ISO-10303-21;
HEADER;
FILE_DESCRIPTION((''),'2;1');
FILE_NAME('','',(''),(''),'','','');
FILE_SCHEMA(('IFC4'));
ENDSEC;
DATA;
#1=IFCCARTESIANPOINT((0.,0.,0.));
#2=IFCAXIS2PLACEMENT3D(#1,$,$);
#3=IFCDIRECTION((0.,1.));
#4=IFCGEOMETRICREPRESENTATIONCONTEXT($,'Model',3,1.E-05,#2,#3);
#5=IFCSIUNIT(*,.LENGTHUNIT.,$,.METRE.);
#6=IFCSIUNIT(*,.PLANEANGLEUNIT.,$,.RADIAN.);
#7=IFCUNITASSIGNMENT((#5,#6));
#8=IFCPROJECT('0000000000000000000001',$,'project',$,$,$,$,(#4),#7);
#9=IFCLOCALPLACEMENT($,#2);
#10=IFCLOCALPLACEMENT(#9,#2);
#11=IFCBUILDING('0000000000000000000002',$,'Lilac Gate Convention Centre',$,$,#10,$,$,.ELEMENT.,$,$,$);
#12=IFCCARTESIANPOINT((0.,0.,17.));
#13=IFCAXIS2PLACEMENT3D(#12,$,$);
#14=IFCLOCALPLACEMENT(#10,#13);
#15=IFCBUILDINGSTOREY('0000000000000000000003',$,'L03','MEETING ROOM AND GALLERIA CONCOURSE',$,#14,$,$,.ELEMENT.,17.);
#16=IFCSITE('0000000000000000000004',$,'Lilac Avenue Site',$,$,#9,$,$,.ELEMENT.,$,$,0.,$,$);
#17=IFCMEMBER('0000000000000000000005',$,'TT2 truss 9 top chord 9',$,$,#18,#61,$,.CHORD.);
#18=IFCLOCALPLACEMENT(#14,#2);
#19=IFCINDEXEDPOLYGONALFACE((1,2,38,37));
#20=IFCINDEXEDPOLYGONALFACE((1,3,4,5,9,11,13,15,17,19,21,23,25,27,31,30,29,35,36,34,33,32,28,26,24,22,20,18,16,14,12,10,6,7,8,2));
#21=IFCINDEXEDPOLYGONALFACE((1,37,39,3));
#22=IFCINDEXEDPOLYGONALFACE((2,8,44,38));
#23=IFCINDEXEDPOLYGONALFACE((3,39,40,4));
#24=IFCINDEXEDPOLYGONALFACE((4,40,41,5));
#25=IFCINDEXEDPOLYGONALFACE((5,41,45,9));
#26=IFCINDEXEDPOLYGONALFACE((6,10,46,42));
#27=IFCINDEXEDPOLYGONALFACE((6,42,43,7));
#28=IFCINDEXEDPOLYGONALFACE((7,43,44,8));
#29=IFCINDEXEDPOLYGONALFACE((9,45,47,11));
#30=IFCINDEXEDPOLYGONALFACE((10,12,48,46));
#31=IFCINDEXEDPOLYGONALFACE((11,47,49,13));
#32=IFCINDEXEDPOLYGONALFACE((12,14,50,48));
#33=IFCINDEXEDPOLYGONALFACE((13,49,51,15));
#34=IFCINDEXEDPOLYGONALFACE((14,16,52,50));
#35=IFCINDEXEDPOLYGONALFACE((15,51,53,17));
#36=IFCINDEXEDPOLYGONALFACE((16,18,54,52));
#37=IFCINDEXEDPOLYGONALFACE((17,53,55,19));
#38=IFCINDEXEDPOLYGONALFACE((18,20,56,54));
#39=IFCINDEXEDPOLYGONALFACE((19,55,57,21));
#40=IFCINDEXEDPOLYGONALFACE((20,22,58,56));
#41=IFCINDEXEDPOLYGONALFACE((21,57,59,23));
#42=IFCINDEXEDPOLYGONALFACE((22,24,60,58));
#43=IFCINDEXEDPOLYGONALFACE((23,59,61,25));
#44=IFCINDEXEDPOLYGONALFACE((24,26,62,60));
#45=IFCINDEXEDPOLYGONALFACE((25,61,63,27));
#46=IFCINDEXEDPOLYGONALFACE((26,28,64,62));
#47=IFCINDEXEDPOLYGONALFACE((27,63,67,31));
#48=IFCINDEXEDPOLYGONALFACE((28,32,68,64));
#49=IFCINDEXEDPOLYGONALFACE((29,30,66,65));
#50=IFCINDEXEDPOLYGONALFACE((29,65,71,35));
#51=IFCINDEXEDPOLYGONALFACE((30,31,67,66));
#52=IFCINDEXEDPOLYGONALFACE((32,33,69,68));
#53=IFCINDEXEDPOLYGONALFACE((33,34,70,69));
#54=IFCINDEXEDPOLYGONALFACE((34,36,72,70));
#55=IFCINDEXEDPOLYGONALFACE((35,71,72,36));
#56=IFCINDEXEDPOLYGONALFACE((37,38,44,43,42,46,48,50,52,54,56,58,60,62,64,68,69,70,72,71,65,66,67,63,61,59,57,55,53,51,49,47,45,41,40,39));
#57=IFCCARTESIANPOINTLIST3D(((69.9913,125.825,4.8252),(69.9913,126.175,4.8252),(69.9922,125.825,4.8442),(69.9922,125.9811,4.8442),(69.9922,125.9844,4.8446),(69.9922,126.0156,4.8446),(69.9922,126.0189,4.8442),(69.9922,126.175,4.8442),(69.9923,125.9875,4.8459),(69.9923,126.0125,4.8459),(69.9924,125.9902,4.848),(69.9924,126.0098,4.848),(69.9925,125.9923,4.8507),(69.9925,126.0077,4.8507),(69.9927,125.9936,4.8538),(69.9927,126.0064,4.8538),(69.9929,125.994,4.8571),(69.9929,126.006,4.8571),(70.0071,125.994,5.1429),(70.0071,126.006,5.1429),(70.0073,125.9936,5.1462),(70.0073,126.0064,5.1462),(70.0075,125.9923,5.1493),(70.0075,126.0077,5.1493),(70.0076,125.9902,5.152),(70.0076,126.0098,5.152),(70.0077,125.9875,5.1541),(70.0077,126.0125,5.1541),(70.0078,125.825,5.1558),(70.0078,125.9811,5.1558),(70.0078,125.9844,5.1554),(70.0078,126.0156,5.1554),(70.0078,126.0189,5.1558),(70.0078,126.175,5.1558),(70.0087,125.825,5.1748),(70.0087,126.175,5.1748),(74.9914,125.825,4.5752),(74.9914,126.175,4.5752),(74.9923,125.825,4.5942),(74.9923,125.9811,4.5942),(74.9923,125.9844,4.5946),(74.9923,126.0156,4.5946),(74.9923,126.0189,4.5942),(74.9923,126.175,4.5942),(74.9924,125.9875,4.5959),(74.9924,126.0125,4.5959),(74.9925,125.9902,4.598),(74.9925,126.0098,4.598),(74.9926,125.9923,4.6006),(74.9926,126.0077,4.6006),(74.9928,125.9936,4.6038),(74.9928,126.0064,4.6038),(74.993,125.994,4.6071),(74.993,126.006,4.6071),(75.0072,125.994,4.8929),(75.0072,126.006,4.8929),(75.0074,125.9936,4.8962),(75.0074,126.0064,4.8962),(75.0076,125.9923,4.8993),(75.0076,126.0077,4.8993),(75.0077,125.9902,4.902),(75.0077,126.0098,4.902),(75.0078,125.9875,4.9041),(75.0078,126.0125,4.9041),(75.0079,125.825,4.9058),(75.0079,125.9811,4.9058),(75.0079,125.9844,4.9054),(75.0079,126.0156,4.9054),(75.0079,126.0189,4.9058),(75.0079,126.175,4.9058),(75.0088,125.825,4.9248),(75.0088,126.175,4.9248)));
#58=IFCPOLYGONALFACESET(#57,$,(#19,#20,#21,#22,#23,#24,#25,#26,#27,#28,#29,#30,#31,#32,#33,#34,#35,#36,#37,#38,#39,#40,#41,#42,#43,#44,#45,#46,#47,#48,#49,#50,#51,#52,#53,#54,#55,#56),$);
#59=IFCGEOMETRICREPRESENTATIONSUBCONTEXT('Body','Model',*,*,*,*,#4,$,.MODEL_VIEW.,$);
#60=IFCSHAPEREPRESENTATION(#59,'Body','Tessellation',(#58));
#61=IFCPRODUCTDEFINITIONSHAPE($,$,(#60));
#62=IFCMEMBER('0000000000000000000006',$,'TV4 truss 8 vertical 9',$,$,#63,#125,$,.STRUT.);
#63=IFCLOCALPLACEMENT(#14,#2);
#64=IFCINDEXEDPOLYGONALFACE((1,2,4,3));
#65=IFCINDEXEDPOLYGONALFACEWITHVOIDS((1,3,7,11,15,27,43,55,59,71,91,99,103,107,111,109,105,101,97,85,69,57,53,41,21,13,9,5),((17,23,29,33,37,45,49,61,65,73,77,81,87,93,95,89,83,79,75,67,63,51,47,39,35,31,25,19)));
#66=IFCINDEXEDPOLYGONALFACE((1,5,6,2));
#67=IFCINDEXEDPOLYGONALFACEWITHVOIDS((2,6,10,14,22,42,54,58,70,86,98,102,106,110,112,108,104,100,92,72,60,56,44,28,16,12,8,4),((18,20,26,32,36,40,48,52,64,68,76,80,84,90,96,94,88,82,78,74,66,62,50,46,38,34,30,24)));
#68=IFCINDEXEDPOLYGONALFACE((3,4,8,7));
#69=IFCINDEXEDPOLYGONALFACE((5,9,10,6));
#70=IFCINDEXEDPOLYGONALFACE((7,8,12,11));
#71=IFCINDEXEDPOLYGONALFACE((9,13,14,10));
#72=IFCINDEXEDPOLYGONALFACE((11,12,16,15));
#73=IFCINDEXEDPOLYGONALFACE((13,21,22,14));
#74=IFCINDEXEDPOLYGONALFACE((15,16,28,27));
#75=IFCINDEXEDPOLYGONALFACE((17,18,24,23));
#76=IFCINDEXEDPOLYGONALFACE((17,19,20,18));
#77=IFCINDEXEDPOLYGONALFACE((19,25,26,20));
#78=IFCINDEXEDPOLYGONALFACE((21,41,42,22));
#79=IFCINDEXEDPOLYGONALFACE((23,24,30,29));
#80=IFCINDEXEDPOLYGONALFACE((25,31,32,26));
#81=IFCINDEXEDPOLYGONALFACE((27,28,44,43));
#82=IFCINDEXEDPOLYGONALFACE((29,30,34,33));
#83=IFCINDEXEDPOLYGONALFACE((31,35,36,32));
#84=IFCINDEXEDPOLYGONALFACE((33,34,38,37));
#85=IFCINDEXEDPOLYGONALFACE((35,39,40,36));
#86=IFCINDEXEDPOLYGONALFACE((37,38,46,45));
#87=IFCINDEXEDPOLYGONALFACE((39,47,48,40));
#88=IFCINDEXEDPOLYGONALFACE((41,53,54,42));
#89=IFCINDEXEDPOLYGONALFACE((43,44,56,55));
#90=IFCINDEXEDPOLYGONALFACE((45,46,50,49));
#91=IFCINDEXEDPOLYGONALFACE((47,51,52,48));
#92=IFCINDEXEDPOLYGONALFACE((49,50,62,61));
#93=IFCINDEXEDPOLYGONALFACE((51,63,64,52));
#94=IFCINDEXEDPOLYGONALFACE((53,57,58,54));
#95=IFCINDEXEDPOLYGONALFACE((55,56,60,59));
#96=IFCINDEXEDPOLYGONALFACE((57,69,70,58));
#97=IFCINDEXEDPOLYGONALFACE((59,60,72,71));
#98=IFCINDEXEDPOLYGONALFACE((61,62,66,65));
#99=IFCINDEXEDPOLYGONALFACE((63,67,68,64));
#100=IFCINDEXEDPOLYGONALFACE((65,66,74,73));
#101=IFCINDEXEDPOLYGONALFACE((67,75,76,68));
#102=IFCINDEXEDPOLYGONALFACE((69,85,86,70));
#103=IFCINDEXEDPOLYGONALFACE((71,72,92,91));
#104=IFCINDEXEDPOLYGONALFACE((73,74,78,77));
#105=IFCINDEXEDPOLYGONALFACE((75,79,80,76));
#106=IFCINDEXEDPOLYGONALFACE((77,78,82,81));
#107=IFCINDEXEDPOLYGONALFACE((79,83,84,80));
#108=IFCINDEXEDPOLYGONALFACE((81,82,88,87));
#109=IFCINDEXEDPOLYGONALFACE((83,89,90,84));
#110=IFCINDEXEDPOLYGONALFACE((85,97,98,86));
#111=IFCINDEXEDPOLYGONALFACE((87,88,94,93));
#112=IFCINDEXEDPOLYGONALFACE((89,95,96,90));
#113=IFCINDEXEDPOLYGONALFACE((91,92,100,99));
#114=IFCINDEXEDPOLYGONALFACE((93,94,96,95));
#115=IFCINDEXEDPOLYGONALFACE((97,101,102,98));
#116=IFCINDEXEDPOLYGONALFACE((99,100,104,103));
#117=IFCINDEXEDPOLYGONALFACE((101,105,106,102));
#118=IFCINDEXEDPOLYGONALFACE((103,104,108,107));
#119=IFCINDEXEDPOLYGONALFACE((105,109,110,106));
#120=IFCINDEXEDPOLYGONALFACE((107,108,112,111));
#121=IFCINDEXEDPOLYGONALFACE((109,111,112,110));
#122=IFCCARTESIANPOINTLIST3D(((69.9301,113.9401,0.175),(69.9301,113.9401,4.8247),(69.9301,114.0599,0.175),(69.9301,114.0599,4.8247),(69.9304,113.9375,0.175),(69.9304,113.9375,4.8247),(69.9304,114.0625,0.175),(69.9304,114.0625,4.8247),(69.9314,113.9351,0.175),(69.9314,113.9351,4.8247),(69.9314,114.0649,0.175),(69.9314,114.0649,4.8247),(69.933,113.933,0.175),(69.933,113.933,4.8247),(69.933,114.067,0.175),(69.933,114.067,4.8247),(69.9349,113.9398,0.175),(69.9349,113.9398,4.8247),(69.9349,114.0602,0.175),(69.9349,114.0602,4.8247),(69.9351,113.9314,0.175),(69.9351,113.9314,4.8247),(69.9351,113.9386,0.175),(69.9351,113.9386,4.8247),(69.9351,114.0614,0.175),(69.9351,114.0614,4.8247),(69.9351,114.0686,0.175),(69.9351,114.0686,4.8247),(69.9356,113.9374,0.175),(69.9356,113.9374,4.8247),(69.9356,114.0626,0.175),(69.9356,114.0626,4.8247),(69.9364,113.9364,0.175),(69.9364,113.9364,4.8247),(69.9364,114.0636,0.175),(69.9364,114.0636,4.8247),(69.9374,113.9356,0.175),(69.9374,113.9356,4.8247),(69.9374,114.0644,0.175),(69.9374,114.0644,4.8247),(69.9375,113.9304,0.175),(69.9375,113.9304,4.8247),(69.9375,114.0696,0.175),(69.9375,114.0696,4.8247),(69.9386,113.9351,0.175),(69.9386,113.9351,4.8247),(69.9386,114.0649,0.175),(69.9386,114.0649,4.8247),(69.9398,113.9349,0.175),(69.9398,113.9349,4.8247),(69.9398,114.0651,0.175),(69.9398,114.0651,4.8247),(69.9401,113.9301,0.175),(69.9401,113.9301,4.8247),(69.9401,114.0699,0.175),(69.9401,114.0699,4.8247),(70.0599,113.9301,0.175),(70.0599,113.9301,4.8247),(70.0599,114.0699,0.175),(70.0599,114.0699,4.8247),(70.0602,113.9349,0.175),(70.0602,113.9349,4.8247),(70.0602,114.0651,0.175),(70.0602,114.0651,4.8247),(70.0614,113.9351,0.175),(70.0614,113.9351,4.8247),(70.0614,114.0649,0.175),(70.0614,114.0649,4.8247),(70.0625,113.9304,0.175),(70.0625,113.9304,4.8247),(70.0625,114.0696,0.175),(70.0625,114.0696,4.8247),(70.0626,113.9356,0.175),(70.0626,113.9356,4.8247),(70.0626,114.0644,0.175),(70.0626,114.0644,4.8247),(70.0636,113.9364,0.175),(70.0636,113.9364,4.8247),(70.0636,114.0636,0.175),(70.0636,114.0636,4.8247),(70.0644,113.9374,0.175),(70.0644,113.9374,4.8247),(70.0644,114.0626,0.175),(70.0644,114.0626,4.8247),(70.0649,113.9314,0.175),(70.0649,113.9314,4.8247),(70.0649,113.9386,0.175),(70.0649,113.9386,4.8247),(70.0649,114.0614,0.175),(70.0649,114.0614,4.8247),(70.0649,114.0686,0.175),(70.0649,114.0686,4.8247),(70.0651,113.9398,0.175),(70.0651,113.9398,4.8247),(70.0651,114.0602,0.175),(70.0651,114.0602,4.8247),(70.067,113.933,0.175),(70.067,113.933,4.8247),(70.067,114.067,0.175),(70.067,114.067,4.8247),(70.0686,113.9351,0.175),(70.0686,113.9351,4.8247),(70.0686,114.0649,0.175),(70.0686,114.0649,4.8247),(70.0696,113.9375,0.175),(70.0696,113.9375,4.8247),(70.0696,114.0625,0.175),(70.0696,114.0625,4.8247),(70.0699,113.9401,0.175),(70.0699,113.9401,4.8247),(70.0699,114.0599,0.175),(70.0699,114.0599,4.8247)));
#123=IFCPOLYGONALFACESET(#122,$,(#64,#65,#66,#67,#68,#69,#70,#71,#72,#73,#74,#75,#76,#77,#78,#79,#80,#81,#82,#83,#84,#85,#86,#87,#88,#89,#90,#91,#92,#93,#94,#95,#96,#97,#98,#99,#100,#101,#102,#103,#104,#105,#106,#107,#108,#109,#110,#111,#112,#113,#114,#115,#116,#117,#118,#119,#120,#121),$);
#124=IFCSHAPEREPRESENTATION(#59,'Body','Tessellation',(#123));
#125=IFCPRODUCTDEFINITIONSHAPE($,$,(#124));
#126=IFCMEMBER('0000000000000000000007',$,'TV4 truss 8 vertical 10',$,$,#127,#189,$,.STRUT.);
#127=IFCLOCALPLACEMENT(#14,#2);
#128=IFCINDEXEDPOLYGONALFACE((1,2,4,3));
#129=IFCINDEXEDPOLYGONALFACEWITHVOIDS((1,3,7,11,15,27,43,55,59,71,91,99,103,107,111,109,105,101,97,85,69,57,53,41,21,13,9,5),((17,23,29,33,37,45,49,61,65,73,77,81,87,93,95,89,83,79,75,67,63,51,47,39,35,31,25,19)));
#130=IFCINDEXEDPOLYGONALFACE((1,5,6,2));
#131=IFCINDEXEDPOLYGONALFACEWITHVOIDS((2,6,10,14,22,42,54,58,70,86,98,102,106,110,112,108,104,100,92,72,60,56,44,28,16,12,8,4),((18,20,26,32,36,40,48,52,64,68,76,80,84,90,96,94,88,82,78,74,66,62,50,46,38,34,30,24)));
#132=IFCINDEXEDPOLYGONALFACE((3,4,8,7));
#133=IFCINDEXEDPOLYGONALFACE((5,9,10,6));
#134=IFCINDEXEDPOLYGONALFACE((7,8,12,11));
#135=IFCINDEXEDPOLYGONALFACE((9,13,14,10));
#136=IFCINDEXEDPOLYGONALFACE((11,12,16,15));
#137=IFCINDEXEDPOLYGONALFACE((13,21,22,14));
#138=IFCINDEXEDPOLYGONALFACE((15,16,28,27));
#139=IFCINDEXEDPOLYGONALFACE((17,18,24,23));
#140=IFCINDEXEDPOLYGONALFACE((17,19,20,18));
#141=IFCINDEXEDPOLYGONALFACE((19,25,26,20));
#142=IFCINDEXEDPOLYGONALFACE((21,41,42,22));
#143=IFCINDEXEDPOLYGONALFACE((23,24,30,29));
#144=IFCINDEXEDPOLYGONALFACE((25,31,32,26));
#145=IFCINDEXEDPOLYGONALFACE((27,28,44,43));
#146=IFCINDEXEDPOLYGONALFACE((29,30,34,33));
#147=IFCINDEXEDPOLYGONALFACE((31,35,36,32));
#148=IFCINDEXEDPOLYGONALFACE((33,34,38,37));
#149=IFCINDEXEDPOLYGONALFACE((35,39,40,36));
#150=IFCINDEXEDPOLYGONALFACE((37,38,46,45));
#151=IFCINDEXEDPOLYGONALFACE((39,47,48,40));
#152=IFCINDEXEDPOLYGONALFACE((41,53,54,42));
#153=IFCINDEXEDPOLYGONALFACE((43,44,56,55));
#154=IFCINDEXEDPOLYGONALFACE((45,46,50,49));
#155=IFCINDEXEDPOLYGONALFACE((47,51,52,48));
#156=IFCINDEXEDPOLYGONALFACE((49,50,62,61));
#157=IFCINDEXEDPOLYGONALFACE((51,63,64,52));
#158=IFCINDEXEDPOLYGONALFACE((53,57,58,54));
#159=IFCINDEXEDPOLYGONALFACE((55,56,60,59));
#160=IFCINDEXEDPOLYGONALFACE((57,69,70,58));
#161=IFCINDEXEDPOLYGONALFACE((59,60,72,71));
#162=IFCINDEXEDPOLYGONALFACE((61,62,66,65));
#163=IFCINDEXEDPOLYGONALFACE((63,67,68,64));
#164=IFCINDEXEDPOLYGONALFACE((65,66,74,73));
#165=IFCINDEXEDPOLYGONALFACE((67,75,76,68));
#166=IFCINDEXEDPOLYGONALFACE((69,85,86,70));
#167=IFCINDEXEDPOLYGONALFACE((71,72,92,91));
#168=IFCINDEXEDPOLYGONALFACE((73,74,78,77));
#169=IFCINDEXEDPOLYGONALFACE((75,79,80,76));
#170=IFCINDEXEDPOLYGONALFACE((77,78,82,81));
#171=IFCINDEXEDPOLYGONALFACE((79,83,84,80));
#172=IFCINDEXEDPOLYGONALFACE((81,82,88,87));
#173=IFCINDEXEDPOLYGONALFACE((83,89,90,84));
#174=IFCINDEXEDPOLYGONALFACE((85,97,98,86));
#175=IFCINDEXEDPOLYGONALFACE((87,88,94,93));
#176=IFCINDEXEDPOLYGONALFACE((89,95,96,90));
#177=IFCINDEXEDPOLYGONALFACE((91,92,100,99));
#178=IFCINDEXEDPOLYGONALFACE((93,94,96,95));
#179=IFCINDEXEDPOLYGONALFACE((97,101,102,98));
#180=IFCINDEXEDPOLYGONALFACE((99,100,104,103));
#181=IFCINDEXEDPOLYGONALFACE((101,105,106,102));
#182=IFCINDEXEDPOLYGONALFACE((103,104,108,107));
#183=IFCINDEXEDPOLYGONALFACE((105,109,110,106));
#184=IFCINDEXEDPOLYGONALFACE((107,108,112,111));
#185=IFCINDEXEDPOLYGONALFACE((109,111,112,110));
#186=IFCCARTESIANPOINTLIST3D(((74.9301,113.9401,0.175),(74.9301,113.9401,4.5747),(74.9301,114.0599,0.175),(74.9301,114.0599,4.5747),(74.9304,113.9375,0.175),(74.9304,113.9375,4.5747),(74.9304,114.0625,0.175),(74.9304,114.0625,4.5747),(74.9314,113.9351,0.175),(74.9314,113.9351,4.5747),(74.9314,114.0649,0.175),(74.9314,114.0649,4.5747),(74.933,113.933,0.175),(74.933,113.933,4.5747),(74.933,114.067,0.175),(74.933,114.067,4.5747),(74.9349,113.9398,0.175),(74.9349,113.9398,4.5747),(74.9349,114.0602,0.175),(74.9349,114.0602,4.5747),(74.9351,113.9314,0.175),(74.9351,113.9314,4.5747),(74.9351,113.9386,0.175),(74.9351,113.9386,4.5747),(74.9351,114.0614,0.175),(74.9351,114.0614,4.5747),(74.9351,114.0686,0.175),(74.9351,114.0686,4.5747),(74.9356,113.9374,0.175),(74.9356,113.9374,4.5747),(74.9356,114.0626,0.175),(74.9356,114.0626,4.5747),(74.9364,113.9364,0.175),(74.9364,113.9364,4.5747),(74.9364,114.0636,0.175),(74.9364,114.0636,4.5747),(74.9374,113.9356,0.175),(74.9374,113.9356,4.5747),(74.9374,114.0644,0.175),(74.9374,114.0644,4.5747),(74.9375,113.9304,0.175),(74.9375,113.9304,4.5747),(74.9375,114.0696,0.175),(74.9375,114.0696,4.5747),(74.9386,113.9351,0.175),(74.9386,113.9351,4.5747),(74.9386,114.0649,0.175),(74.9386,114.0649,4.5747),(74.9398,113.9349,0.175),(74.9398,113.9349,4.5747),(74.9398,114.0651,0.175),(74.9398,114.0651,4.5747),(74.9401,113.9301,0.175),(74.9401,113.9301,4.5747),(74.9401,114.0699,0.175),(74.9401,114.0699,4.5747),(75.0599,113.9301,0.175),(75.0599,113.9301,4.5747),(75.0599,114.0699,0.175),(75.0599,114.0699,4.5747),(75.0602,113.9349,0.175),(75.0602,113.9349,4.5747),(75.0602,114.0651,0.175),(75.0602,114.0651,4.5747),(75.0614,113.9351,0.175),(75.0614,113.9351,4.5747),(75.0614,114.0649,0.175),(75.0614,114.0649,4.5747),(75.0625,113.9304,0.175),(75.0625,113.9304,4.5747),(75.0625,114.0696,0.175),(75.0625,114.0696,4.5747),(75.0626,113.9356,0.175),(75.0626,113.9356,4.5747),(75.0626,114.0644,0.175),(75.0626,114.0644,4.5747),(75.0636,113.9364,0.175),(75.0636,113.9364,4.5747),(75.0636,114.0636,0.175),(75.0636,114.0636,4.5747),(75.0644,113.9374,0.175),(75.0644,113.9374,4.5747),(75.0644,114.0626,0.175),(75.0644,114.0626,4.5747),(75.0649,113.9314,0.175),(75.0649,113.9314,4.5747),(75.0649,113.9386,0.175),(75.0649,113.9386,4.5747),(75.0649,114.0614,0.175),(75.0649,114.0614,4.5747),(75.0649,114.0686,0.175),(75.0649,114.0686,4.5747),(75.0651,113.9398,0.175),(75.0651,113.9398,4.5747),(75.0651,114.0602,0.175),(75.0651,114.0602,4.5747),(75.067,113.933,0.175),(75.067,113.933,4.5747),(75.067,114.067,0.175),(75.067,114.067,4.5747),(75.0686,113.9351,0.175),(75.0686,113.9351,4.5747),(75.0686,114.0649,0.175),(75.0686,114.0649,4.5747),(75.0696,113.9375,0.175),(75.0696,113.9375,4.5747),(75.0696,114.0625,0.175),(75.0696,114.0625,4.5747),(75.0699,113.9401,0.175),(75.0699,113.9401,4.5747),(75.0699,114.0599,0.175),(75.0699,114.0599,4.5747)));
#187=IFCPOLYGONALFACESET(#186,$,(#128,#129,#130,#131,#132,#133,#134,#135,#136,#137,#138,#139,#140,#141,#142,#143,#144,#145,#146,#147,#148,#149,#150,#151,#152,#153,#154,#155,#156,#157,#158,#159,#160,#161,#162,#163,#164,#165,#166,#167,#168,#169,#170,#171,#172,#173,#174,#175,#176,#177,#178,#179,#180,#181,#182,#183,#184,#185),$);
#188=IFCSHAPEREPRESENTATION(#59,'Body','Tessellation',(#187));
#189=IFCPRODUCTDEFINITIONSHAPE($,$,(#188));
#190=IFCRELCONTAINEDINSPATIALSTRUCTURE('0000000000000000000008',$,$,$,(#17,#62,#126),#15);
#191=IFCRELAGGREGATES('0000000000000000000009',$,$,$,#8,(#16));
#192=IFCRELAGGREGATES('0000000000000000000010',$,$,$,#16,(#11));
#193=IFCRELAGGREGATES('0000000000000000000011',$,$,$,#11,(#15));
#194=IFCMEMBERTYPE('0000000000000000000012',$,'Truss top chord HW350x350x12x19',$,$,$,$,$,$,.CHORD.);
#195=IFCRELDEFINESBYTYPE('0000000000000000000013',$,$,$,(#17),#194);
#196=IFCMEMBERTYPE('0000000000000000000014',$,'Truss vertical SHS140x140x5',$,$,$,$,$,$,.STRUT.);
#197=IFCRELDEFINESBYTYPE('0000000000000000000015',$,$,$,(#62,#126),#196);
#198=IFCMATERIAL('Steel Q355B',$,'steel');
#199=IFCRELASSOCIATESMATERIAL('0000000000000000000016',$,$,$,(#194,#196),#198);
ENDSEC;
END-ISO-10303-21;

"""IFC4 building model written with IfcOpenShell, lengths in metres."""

from ifc_helpers import new_model, si_unit, direction, frame, origin, origin_2d, place, context, subcontext, project, spatial, hollow_rectangle, i_section, extrude, material, material_profile, profile_set, type_object, element, save


model = new_model("IFC4")

# Units and contexts
model_context = context("Model", 3, precision=1e-05, world=origin(), true_north=direction((0.0, 1.0)))
body_context = subcontext(model_context, "Body", "Model", "MODEL_VIEW")
ifc_project = project(units=[si_unit("LENGTHUNIT", "METRE"), si_unit("PLANEANGLEUNIT", "RADIAN")], contexts=[model_context])

# Site, building, storey
site_placement = place(None, origin())
site = spatial("IfcSite", under=ifc_project, at=site_placement, Name="Lilac Avenue Site", CompositionType="ELEMENT", RefElevation=0.0)
building_placement = place(site_placement, origin())
building = spatial("IfcBuilding", under=site, at=building_placement, Name="Lilac Gate Convention Centre", CompositionType="ELEMENT")
storey_placement = place(building_placement, frame((0.0, 0.0, 17.0)))
storey = spatial("IfcBuildingStorey", under=building, at=storey_placement, Name="L03", Description="MEETING ROOM AND GALLERIA CONCOURSE", CompositionType="ELEMENT", Elevation=17.0)

# Members
ifc_material = material(Name="Steel Q355B", Category="steel")
ifc_material_profile_1 = material_profile(ifc_material, i_section(OverallWidth=0.3501, OverallDepth=0.3501, WebThickness=0.012, FlangeThickness=0.019, FilletRadius=0.0129, at=origin_2d()), Name="HW350x350x12x19")
ifc_profile_set_1 = profile_set([ifc_material_profile_1], Name="Steel Q355B")
member_type_1 = type_object("IfcMemberType", Name="Truss top chord HW350x350x12x19", PredefinedType="CHORD", material=ifc_profile_set_1)
for number, where, z_axis, x_axis, name in (
    (1, (70.0, 126.0, 5.0), (0.998752, 0.0, -0.049938), (0.0, 1.0, 0.0), "TT2 truss 9 top chord 9"),
):
    element("IfcMember", number, at=place(storey_placement, frame(where, z_axis=z_axis, x_axis=x_axis)), inside=storey, type_object=member_type_1, Name=name, PredefinedType="CHORD", context=body_context, shape_type="SweptSolid", body=[
        extrude(i_section(OverallWidth=0.3501, OverallDepth=0.3501, WebThickness=0.012, FlangeThickness=0.019, FilletRadius=0.0129, at=origin_2d()), origin(), (0.0, 0.0, 1.0), 5.0063),
    ])
ifc_material_profile_2 = material_profile(ifc_material, hollow_rectangle(XDim=0.1399, YDim=0.1399, WallThickness=0.0049, InnerFilletRadius=0.0049, OuterFilletRadius=0.01, at=origin_2d()), Name="SHS140x140x5")
ifc_profile_set_2 = profile_set([ifc_material_profile_2], Name="Steel Q355B")
member_type_2 = type_object("IfcMemberType", Name="Truss vertical SHS140x140x5", PredefinedType="STRUT", material=ifc_profile_set_2)
member_1_placement = place(storey_placement, frame((70.0, 114.0, 0.175), z_axis=(0.0, 0.0, 1.0), x_axis=(1.0, 0.0, 0.0)))
element("IfcMember", 2, at=member_1_placement, inside=storey, type_object=member_type_2, Name="TV4 truss 8 vertical 9", PredefinedType="STRUT", context=body_context, shape_type="SweptSolid", body=[
    extrude(hollow_rectangle(XDim=0.1399, YDim=0.1399, WallThickness=0.0049, InnerFilletRadius=0.0049, OuterFilletRadius=0.01, at=origin_2d()), origin(), (0.0, 0.0, 1.0), 4.6497),
])
member_2_placement = place(storey_placement, frame((75.0, 114.0, 0.175), z_axis=(0.0, 0.0, 1.0), x_axis=(1.0, 0.0, 0.0)))
element("IfcMember", 3, at=member_2_placement, inside=storey, type_object=member_type_2, Name="TV4 truss 8 vertical 10", PredefinedType="STRUT", context=body_context, shape_type="SweptSolid", body=[
    extrude(hollow_rectangle(XDim=0.1399, YDim=0.1399, WallThickness=0.0049, InnerFilletRadius=0.0049, OuterFilletRadius=0.01, at=origin_2d()), origin(), (0.0, 0.0, 1.0), 4.3997),
])

save(model, "model.ifc")
